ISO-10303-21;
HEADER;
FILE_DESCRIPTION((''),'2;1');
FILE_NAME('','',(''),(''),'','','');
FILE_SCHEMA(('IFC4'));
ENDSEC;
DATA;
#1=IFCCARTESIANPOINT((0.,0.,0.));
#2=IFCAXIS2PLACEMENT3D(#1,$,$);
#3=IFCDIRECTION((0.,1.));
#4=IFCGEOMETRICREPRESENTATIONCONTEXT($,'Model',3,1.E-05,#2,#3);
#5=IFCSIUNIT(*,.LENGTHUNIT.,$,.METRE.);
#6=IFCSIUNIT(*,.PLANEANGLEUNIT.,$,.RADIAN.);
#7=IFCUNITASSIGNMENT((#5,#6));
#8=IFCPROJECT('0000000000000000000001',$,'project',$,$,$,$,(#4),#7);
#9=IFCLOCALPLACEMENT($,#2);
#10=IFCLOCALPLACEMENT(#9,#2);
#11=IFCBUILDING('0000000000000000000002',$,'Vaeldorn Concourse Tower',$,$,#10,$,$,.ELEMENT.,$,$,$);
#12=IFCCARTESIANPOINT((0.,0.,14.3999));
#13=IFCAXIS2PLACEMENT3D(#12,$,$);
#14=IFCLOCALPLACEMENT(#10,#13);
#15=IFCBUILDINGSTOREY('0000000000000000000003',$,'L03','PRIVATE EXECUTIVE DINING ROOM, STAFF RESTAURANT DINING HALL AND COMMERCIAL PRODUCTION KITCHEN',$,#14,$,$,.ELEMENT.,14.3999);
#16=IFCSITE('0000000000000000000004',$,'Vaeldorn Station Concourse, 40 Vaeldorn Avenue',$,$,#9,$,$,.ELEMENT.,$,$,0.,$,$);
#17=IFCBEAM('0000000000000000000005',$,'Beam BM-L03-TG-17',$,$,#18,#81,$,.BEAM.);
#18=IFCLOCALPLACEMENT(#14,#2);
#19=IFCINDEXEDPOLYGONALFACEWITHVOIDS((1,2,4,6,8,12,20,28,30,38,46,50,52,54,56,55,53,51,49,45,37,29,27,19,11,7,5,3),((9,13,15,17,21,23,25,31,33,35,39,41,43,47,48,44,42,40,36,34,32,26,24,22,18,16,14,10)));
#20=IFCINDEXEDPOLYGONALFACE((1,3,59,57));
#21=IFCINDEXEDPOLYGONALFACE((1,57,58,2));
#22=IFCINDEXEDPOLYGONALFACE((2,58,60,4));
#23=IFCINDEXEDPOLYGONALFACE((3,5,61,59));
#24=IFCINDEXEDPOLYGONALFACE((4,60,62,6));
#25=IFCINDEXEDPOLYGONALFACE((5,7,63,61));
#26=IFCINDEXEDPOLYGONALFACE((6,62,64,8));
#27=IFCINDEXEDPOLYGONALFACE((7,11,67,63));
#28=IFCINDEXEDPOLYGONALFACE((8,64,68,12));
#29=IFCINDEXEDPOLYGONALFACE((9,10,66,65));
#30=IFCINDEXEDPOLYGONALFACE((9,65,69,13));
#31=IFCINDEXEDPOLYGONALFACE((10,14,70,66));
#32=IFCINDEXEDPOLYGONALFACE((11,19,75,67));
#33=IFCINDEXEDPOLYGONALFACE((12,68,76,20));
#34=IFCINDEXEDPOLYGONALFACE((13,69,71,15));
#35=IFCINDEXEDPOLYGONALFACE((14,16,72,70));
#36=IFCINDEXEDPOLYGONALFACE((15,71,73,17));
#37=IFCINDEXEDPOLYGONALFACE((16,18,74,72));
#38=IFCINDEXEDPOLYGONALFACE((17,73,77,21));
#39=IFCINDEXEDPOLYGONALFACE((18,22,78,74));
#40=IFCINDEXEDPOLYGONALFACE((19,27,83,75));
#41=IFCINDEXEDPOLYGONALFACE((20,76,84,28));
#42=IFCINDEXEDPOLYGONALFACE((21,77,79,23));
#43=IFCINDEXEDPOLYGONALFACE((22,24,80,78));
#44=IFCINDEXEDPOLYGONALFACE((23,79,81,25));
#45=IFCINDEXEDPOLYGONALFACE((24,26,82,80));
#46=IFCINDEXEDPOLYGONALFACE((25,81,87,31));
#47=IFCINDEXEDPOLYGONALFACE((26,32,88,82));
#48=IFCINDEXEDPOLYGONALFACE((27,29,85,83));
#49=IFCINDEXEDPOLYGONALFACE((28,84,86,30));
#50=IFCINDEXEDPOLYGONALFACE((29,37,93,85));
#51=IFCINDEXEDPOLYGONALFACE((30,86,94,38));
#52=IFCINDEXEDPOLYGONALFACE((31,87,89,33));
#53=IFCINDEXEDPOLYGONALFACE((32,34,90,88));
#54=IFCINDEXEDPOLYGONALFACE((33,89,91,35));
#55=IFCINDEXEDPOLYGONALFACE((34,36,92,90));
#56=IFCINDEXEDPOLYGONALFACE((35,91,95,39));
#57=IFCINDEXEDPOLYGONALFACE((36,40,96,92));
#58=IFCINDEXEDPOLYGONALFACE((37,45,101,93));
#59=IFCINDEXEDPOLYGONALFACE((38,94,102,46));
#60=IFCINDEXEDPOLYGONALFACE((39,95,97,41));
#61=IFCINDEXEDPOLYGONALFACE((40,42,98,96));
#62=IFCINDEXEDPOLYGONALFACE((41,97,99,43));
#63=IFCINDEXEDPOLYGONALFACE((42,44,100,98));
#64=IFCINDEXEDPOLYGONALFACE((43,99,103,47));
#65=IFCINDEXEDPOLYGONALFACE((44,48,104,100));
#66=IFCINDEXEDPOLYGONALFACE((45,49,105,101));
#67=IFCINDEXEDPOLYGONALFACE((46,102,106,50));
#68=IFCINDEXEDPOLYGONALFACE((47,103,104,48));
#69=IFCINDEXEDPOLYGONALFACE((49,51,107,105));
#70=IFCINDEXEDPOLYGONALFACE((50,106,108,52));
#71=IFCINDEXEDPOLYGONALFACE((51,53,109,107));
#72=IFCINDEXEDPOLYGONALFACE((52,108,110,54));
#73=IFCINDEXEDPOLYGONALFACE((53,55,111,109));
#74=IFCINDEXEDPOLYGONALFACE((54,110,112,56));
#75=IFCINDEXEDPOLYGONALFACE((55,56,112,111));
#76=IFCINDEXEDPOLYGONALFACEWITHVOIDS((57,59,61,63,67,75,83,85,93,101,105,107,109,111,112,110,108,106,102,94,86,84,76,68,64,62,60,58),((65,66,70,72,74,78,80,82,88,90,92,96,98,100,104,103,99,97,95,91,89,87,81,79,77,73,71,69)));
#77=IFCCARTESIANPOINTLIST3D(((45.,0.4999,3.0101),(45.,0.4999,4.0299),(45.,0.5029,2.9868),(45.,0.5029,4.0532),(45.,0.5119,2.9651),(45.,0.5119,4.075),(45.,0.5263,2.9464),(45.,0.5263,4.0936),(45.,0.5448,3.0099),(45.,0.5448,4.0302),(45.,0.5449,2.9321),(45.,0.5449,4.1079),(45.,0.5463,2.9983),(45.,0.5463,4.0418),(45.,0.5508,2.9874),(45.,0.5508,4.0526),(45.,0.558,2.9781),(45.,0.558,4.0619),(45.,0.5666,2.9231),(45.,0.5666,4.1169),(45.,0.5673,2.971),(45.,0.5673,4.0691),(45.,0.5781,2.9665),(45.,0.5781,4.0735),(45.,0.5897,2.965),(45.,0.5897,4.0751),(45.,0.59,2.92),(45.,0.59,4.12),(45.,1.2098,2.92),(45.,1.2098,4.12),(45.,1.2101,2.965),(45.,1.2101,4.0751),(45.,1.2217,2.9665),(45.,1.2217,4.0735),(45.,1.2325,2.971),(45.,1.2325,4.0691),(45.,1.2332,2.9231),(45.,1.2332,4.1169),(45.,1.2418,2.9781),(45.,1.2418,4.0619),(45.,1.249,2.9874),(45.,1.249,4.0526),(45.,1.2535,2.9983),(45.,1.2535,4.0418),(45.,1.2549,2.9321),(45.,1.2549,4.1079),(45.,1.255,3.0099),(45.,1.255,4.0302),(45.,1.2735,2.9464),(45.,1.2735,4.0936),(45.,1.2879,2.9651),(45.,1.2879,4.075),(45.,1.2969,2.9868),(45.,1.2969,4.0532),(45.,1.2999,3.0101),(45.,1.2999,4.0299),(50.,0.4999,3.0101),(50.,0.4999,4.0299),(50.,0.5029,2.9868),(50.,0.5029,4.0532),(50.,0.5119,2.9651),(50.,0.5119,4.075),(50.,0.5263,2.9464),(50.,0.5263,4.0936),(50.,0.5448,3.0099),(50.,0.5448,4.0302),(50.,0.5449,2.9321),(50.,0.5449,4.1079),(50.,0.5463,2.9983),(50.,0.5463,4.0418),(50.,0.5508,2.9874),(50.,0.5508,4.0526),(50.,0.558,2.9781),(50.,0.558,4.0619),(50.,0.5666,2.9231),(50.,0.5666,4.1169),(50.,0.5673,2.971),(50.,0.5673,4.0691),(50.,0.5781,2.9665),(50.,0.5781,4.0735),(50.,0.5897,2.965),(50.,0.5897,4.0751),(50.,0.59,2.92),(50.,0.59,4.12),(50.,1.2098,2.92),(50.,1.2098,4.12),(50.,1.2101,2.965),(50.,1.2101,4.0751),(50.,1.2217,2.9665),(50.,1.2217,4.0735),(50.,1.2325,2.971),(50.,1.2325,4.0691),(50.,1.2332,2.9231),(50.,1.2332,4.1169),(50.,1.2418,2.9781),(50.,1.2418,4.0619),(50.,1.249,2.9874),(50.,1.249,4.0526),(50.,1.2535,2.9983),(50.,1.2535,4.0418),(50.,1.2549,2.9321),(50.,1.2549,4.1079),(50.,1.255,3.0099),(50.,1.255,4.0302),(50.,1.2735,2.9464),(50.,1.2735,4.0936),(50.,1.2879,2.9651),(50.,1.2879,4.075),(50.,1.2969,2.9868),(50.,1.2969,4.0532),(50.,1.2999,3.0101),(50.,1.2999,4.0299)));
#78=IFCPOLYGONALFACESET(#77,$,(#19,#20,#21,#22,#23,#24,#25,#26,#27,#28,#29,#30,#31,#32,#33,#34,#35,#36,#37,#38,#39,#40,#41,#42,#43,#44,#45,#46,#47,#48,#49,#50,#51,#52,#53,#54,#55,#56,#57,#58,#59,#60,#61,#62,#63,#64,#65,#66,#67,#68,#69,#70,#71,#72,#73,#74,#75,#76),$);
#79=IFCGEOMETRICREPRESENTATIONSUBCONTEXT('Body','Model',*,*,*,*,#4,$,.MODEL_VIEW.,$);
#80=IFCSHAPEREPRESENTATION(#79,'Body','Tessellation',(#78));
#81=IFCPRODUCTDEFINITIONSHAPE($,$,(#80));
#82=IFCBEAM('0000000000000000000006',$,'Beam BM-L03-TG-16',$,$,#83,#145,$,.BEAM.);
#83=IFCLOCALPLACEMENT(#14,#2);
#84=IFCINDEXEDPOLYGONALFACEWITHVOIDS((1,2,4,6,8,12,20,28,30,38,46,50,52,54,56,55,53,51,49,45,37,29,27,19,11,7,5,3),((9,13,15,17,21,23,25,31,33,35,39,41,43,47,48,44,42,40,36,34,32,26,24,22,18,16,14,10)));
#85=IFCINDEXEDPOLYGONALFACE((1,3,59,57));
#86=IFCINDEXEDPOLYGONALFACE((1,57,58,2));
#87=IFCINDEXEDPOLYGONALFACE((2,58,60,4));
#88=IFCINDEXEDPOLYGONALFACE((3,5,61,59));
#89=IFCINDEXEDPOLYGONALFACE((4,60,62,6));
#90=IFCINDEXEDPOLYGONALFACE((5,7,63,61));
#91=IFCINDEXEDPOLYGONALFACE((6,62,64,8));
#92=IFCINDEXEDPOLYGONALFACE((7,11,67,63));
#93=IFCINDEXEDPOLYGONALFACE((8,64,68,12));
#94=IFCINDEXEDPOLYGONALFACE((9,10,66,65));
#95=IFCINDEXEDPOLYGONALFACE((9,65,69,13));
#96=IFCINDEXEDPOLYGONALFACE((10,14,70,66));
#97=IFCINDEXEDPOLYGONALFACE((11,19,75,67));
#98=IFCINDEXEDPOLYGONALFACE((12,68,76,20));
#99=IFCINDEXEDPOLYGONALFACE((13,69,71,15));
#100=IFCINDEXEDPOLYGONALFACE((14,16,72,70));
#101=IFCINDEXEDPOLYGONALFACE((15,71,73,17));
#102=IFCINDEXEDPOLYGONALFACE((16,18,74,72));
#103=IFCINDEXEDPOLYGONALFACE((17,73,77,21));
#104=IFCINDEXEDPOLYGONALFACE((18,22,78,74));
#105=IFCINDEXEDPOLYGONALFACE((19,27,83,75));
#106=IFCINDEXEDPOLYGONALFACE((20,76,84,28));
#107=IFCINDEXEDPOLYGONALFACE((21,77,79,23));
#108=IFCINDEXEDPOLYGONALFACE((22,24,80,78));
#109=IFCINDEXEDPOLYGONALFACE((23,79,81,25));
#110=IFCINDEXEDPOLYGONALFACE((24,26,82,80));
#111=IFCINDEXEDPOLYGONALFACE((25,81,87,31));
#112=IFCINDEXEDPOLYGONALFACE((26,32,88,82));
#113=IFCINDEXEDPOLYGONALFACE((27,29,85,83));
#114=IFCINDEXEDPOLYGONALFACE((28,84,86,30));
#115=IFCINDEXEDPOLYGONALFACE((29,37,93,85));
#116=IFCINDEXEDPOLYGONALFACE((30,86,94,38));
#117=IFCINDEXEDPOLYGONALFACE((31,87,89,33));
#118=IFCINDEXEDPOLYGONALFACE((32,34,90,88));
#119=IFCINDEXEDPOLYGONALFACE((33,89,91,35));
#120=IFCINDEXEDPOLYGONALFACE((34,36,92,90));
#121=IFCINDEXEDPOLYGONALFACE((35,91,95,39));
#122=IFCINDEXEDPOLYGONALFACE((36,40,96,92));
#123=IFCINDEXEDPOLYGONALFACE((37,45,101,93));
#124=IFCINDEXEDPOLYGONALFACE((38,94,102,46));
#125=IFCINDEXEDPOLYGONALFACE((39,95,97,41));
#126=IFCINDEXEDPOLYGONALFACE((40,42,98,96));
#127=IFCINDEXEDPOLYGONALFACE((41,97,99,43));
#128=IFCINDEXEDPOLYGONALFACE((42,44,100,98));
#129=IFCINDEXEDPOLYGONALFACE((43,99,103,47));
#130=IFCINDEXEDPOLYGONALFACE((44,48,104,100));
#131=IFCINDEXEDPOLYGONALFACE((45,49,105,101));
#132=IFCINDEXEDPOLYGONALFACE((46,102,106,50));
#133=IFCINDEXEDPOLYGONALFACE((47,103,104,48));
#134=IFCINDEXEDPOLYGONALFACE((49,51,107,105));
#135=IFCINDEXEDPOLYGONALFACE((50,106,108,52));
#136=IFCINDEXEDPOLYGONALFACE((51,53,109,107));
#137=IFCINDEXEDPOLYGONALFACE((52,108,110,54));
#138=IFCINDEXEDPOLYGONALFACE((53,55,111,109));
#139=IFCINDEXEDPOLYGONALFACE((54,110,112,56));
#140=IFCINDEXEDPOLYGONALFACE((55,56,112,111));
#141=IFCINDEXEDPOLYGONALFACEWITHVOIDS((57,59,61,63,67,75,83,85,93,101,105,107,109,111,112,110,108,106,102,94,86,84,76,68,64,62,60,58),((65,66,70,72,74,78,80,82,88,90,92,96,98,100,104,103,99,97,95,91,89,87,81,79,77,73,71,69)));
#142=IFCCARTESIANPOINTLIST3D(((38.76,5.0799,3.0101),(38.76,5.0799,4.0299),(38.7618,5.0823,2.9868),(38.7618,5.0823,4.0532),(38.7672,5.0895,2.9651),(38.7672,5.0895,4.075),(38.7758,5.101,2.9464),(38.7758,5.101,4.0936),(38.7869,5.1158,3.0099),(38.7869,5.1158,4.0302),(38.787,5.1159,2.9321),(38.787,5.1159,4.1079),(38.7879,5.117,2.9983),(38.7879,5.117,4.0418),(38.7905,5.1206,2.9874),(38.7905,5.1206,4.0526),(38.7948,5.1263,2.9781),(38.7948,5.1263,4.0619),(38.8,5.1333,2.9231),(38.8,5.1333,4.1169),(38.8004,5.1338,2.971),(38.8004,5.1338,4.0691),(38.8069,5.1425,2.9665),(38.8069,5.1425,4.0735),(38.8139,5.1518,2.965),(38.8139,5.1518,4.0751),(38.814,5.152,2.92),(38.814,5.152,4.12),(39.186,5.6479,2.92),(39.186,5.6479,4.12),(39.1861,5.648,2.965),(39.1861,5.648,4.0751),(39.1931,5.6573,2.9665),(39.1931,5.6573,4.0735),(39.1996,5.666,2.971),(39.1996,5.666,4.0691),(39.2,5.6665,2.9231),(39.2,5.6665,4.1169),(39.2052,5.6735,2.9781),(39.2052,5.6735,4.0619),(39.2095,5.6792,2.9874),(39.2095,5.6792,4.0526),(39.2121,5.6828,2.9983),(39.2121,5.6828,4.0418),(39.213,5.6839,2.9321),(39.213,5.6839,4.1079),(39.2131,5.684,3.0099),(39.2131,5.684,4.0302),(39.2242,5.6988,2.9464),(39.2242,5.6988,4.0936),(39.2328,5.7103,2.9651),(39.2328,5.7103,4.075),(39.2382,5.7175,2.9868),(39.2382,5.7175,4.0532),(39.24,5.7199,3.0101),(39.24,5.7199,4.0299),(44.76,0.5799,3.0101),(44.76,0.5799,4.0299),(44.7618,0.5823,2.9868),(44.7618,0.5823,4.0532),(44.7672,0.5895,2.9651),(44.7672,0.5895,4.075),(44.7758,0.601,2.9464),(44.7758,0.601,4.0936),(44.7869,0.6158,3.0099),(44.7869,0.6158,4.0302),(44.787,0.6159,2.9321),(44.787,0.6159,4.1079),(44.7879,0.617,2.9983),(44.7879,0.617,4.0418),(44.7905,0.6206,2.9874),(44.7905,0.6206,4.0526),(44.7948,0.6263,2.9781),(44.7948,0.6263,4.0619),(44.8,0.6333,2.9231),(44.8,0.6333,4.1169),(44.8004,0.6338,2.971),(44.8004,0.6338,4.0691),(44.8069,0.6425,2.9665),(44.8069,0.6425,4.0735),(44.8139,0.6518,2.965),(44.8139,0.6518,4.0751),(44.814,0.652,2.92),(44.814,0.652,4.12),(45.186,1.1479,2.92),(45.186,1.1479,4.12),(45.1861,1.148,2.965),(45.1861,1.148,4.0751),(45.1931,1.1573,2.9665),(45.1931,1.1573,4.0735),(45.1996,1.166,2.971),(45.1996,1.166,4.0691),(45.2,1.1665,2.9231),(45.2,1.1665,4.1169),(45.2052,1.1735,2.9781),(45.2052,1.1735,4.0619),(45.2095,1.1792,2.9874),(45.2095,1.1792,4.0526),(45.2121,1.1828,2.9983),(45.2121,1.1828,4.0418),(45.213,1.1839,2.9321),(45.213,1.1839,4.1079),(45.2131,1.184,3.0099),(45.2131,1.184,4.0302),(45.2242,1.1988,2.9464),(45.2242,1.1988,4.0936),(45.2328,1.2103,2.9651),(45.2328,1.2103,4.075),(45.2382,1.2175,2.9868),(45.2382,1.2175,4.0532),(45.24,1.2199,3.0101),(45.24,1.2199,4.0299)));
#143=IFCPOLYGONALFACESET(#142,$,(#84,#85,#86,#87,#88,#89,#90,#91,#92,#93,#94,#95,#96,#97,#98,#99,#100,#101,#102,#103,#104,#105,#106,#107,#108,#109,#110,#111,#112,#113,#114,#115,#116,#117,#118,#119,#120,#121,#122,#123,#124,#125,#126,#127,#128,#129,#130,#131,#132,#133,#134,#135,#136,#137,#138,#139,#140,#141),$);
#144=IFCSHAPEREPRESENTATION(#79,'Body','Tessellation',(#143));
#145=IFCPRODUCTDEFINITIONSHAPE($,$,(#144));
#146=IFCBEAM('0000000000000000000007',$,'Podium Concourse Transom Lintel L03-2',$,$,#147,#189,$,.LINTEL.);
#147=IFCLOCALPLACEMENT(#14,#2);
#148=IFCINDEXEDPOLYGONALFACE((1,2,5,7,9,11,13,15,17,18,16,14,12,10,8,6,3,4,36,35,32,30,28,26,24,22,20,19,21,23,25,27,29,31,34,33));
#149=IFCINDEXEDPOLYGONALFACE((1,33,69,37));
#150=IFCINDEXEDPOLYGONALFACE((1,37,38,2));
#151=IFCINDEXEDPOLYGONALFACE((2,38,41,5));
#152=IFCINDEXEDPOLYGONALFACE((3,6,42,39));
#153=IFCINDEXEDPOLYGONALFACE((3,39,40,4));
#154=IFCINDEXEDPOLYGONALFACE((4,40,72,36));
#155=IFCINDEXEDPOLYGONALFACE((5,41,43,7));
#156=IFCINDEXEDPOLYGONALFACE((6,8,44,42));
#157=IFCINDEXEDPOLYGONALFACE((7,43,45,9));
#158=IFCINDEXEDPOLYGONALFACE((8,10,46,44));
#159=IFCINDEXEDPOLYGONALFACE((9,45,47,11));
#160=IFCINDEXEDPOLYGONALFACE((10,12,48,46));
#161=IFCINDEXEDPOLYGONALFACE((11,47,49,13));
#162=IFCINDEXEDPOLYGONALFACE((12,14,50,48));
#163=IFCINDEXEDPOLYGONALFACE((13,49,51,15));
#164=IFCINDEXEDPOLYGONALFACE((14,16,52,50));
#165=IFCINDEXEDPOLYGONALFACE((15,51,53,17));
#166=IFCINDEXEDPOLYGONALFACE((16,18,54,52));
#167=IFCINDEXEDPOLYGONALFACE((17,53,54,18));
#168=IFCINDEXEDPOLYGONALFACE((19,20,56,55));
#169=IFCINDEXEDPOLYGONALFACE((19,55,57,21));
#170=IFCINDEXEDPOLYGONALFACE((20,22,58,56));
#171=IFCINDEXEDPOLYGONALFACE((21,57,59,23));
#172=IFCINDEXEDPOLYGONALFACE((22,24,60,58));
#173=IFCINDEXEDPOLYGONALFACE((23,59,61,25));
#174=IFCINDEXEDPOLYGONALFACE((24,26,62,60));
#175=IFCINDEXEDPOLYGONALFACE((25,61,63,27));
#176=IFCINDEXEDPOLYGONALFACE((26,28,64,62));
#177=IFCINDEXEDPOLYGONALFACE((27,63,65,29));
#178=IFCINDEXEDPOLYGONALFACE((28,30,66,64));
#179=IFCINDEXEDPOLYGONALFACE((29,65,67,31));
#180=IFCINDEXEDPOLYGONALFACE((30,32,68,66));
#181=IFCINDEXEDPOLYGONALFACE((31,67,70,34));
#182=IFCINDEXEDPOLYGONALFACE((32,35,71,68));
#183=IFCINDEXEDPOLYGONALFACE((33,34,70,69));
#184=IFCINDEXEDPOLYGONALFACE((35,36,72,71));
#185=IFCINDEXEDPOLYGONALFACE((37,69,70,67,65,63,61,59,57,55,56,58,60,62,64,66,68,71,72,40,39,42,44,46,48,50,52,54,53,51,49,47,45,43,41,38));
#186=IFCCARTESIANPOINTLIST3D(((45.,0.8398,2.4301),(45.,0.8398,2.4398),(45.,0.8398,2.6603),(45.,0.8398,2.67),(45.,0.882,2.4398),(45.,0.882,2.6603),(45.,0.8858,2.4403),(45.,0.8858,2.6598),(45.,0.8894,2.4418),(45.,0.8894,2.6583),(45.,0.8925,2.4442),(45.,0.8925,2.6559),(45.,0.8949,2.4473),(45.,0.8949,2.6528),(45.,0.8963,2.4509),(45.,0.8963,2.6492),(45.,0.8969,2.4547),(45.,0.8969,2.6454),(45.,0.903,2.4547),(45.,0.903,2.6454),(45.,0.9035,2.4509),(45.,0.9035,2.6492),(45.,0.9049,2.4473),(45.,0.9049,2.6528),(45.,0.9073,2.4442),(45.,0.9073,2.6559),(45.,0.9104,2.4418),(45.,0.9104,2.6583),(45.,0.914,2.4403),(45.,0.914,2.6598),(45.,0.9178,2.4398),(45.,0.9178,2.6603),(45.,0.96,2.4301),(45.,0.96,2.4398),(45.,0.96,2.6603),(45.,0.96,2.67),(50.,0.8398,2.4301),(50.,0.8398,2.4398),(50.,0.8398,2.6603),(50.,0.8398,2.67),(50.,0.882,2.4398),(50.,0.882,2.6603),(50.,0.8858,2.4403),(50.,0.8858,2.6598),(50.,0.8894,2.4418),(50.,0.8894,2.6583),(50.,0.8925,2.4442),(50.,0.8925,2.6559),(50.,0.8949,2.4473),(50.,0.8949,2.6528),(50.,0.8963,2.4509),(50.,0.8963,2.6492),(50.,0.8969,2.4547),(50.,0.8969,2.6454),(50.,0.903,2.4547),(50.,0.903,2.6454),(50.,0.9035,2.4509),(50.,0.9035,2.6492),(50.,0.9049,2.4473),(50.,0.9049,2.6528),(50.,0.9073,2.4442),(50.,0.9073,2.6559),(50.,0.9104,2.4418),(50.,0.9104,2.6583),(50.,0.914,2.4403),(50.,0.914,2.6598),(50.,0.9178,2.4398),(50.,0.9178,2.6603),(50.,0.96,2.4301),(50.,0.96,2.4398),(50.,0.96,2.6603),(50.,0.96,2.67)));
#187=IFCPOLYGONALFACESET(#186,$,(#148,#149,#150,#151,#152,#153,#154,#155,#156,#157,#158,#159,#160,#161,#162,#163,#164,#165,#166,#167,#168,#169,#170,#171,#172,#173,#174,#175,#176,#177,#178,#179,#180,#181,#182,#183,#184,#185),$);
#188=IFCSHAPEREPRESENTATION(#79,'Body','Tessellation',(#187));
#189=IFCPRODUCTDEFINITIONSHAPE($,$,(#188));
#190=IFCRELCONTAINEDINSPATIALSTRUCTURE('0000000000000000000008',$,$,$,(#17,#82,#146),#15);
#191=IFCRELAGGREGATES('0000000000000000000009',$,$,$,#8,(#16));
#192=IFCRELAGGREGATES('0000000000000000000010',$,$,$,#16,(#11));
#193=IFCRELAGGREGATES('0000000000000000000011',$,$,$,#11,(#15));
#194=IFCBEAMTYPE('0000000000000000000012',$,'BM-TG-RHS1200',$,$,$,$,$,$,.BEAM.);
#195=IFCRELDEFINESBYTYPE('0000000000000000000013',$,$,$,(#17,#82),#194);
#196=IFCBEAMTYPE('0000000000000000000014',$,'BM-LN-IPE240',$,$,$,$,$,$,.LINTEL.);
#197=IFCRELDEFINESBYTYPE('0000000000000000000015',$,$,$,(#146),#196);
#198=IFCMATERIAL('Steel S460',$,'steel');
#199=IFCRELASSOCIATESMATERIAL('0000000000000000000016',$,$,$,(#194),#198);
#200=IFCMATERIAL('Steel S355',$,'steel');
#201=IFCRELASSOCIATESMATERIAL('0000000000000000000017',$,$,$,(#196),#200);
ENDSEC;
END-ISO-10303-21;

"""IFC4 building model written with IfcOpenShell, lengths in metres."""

from ifc_helpers import new_model, si_unit, direction, frame, origin, origin_2d, place, context, subcontext, project, spatial, hollow_rectangle, i_section, extrude, source, transform, mapped, material, material_profile, profile_set, type_object, element, save


model = new_model("IFC4")

# Units and contexts
model_context = context("Model", 3, precision=1e-05, world=origin(), true_north=direction((0.0, 1.0)))
body_context = subcontext(model_context, "Body", "Model", "MODEL_VIEW")
ifc_project = project(units=[si_unit("LENGTHUNIT", "METRE"), si_unit("PLANEANGLEUNIT", "RADIAN")], contexts=[model_context])

# Site, building, storey
site_placement = place(None, origin())
site = spatial("IfcSite", under=ifc_project, at=site_placement, Name="Vaeldorn Station Concourse, 40 Vaeldorn Avenue", CompositionType="ELEMENT", RefElevation=0.0)
building_placement = place(site_placement, origin())
building = spatial("IfcBuilding", under=site, at=building_placement, Name="Vaeldorn Concourse Tower", CompositionType="ELEMENT")
storey_placement = place(building_placement, frame((0.0, 0.0, 14.3999)))
storey = spatial("IfcBuildingStorey", under=building, at=storey_placement, Name="L03", Description="PRIVATE EXECUTIVE DINING ROOM, STAFF RESTAURANT DINING HALL AND COMMERCIAL PRODUCTION KITCHEN", CompositionType="ELEMENT", Elevation=14.3999)

# Shared definitions
ifc_material_1 = material(Name="Steel S460", Category="steel")

# Beams
ifc_material_profile_1 = material_profile(ifc_material_1, hollow_rectangle(XDim=0.8, YDim=1.2, WallThickness=0.0449, InnerFilletRadius=0.0449, OuterFilletRadius=0.0901, at=origin_2d()), Name="RHS 1200x800x45")
ifc_profile_set_1 = profile_set([ifc_material_profile_1], Name="Steel S460")
beam_type_1 = type_object("IfcBeamType", Name="BM-TG-RHS1200", PredefinedType="BEAM", material=ifc_profile_set_1)
shared_shape_1 = source(origin(), body_context, "Body", "SweptSolid", [
    extrude(hollow_rectangle(XDim=0.8, YDim=1.2, WallThickness=0.0449, InnerFilletRadius=0.0449, OuterFilletRadius=0.0901, at=origin_2d()), origin(), (0.0, 0.0, 1.0), 5.0),
])
beam_1_placement = place(storey_placement, frame((45.0, 0.8999, 3.52), z_axis=(1.0, 0.0, 0.0), x_axis=(0.0, 1.0, 0.0)))
element("IfcBeam", 1, at=beam_1_placement, inside=storey, type_object=beam_type_1, Name="Beam BM-L03-TG-17", PredefinedType="BEAM", context=body_context, shape_type="MappedRepresentation", body=[
    mapped(shared_shape_1, transform((0.0, 0.0, 0.0), scale=1.0)),
])
shared_shape_2 = source(origin(), body_context, "Body", "SweptSolid", [
    extrude(hollow_rectangle(XDim=0.8, YDim=1.2, WallThickness=0.0449, InnerFilletRadius=0.0449, OuterFilletRadius=0.0901, at=origin_2d()), origin(), (0.0, 0.0, 1.0), 7.5),
])
beam_2_placement = place(storey_placement, frame((39.0, 5.3999, 3.52), z_axis=(0.8, -0.6, 0.0), x_axis=(0.6, 0.8, 0.0)))
element("IfcBeam", 2, at=beam_2_placement, inside=storey, type_object=beam_type_1, Name="Beam BM-L03-TG-16", PredefinedType="BEAM", context=body_context, shape_type="MappedRepresentation", body=[
    mapped(shared_shape_2, transform((0.0, 0.0, 0.0), scale=1.0)),
])
ifc_material_2 = material(Name="Steel S355", Category="steel")
ifc_material_profile_2 = material_profile(ifc_material_2, i_section(OverallWidth=0.1201, OverallDepth=0.24, WebThickness=0.0061, FlangeThickness=0.0098, FilletRadius=0.0149, at=origin_2d()), Name="IPE 240")
ifc_profile_set_2 = profile_set([ifc_material_profile_2], Name="Steel S355")
beam_type_2 = type_object("IfcBeamType", Name="BM-LN-IPE240", PredefinedType="LINTEL", material=ifc_profile_set_2)
shared_shape_3 = source(origin(), body_context, "Body", "SweptSolid", [
    extrude(i_section(OverallWidth=0.1201, OverallDepth=0.24, WebThickness=0.0061, FlangeThickness=0.0098, FilletRadius=0.0149, at=origin_2d()), origin(), (0.0, 0.0, 1.0), 5.0),
])
beam_3_placement = place(storey_placement, frame((45.0, 0.8999, 2.55), z_axis=(1.0, 0.0, 0.0), x_axis=(0.0, 1.0, 0.0)))
element("IfcBeam", 3, at=beam_3_placement, inside=storey, type_object=beam_type_2, Name="Podium Concourse Transom Lintel L03-2", PredefinedType="LINTEL", context=body_context, shape_type="MappedRepresentation", body=[
    mapped(shared_shape_3, transform((0.0, 0.0, 0.0), scale=1.0)),
])

save(model, "model.ifc")
